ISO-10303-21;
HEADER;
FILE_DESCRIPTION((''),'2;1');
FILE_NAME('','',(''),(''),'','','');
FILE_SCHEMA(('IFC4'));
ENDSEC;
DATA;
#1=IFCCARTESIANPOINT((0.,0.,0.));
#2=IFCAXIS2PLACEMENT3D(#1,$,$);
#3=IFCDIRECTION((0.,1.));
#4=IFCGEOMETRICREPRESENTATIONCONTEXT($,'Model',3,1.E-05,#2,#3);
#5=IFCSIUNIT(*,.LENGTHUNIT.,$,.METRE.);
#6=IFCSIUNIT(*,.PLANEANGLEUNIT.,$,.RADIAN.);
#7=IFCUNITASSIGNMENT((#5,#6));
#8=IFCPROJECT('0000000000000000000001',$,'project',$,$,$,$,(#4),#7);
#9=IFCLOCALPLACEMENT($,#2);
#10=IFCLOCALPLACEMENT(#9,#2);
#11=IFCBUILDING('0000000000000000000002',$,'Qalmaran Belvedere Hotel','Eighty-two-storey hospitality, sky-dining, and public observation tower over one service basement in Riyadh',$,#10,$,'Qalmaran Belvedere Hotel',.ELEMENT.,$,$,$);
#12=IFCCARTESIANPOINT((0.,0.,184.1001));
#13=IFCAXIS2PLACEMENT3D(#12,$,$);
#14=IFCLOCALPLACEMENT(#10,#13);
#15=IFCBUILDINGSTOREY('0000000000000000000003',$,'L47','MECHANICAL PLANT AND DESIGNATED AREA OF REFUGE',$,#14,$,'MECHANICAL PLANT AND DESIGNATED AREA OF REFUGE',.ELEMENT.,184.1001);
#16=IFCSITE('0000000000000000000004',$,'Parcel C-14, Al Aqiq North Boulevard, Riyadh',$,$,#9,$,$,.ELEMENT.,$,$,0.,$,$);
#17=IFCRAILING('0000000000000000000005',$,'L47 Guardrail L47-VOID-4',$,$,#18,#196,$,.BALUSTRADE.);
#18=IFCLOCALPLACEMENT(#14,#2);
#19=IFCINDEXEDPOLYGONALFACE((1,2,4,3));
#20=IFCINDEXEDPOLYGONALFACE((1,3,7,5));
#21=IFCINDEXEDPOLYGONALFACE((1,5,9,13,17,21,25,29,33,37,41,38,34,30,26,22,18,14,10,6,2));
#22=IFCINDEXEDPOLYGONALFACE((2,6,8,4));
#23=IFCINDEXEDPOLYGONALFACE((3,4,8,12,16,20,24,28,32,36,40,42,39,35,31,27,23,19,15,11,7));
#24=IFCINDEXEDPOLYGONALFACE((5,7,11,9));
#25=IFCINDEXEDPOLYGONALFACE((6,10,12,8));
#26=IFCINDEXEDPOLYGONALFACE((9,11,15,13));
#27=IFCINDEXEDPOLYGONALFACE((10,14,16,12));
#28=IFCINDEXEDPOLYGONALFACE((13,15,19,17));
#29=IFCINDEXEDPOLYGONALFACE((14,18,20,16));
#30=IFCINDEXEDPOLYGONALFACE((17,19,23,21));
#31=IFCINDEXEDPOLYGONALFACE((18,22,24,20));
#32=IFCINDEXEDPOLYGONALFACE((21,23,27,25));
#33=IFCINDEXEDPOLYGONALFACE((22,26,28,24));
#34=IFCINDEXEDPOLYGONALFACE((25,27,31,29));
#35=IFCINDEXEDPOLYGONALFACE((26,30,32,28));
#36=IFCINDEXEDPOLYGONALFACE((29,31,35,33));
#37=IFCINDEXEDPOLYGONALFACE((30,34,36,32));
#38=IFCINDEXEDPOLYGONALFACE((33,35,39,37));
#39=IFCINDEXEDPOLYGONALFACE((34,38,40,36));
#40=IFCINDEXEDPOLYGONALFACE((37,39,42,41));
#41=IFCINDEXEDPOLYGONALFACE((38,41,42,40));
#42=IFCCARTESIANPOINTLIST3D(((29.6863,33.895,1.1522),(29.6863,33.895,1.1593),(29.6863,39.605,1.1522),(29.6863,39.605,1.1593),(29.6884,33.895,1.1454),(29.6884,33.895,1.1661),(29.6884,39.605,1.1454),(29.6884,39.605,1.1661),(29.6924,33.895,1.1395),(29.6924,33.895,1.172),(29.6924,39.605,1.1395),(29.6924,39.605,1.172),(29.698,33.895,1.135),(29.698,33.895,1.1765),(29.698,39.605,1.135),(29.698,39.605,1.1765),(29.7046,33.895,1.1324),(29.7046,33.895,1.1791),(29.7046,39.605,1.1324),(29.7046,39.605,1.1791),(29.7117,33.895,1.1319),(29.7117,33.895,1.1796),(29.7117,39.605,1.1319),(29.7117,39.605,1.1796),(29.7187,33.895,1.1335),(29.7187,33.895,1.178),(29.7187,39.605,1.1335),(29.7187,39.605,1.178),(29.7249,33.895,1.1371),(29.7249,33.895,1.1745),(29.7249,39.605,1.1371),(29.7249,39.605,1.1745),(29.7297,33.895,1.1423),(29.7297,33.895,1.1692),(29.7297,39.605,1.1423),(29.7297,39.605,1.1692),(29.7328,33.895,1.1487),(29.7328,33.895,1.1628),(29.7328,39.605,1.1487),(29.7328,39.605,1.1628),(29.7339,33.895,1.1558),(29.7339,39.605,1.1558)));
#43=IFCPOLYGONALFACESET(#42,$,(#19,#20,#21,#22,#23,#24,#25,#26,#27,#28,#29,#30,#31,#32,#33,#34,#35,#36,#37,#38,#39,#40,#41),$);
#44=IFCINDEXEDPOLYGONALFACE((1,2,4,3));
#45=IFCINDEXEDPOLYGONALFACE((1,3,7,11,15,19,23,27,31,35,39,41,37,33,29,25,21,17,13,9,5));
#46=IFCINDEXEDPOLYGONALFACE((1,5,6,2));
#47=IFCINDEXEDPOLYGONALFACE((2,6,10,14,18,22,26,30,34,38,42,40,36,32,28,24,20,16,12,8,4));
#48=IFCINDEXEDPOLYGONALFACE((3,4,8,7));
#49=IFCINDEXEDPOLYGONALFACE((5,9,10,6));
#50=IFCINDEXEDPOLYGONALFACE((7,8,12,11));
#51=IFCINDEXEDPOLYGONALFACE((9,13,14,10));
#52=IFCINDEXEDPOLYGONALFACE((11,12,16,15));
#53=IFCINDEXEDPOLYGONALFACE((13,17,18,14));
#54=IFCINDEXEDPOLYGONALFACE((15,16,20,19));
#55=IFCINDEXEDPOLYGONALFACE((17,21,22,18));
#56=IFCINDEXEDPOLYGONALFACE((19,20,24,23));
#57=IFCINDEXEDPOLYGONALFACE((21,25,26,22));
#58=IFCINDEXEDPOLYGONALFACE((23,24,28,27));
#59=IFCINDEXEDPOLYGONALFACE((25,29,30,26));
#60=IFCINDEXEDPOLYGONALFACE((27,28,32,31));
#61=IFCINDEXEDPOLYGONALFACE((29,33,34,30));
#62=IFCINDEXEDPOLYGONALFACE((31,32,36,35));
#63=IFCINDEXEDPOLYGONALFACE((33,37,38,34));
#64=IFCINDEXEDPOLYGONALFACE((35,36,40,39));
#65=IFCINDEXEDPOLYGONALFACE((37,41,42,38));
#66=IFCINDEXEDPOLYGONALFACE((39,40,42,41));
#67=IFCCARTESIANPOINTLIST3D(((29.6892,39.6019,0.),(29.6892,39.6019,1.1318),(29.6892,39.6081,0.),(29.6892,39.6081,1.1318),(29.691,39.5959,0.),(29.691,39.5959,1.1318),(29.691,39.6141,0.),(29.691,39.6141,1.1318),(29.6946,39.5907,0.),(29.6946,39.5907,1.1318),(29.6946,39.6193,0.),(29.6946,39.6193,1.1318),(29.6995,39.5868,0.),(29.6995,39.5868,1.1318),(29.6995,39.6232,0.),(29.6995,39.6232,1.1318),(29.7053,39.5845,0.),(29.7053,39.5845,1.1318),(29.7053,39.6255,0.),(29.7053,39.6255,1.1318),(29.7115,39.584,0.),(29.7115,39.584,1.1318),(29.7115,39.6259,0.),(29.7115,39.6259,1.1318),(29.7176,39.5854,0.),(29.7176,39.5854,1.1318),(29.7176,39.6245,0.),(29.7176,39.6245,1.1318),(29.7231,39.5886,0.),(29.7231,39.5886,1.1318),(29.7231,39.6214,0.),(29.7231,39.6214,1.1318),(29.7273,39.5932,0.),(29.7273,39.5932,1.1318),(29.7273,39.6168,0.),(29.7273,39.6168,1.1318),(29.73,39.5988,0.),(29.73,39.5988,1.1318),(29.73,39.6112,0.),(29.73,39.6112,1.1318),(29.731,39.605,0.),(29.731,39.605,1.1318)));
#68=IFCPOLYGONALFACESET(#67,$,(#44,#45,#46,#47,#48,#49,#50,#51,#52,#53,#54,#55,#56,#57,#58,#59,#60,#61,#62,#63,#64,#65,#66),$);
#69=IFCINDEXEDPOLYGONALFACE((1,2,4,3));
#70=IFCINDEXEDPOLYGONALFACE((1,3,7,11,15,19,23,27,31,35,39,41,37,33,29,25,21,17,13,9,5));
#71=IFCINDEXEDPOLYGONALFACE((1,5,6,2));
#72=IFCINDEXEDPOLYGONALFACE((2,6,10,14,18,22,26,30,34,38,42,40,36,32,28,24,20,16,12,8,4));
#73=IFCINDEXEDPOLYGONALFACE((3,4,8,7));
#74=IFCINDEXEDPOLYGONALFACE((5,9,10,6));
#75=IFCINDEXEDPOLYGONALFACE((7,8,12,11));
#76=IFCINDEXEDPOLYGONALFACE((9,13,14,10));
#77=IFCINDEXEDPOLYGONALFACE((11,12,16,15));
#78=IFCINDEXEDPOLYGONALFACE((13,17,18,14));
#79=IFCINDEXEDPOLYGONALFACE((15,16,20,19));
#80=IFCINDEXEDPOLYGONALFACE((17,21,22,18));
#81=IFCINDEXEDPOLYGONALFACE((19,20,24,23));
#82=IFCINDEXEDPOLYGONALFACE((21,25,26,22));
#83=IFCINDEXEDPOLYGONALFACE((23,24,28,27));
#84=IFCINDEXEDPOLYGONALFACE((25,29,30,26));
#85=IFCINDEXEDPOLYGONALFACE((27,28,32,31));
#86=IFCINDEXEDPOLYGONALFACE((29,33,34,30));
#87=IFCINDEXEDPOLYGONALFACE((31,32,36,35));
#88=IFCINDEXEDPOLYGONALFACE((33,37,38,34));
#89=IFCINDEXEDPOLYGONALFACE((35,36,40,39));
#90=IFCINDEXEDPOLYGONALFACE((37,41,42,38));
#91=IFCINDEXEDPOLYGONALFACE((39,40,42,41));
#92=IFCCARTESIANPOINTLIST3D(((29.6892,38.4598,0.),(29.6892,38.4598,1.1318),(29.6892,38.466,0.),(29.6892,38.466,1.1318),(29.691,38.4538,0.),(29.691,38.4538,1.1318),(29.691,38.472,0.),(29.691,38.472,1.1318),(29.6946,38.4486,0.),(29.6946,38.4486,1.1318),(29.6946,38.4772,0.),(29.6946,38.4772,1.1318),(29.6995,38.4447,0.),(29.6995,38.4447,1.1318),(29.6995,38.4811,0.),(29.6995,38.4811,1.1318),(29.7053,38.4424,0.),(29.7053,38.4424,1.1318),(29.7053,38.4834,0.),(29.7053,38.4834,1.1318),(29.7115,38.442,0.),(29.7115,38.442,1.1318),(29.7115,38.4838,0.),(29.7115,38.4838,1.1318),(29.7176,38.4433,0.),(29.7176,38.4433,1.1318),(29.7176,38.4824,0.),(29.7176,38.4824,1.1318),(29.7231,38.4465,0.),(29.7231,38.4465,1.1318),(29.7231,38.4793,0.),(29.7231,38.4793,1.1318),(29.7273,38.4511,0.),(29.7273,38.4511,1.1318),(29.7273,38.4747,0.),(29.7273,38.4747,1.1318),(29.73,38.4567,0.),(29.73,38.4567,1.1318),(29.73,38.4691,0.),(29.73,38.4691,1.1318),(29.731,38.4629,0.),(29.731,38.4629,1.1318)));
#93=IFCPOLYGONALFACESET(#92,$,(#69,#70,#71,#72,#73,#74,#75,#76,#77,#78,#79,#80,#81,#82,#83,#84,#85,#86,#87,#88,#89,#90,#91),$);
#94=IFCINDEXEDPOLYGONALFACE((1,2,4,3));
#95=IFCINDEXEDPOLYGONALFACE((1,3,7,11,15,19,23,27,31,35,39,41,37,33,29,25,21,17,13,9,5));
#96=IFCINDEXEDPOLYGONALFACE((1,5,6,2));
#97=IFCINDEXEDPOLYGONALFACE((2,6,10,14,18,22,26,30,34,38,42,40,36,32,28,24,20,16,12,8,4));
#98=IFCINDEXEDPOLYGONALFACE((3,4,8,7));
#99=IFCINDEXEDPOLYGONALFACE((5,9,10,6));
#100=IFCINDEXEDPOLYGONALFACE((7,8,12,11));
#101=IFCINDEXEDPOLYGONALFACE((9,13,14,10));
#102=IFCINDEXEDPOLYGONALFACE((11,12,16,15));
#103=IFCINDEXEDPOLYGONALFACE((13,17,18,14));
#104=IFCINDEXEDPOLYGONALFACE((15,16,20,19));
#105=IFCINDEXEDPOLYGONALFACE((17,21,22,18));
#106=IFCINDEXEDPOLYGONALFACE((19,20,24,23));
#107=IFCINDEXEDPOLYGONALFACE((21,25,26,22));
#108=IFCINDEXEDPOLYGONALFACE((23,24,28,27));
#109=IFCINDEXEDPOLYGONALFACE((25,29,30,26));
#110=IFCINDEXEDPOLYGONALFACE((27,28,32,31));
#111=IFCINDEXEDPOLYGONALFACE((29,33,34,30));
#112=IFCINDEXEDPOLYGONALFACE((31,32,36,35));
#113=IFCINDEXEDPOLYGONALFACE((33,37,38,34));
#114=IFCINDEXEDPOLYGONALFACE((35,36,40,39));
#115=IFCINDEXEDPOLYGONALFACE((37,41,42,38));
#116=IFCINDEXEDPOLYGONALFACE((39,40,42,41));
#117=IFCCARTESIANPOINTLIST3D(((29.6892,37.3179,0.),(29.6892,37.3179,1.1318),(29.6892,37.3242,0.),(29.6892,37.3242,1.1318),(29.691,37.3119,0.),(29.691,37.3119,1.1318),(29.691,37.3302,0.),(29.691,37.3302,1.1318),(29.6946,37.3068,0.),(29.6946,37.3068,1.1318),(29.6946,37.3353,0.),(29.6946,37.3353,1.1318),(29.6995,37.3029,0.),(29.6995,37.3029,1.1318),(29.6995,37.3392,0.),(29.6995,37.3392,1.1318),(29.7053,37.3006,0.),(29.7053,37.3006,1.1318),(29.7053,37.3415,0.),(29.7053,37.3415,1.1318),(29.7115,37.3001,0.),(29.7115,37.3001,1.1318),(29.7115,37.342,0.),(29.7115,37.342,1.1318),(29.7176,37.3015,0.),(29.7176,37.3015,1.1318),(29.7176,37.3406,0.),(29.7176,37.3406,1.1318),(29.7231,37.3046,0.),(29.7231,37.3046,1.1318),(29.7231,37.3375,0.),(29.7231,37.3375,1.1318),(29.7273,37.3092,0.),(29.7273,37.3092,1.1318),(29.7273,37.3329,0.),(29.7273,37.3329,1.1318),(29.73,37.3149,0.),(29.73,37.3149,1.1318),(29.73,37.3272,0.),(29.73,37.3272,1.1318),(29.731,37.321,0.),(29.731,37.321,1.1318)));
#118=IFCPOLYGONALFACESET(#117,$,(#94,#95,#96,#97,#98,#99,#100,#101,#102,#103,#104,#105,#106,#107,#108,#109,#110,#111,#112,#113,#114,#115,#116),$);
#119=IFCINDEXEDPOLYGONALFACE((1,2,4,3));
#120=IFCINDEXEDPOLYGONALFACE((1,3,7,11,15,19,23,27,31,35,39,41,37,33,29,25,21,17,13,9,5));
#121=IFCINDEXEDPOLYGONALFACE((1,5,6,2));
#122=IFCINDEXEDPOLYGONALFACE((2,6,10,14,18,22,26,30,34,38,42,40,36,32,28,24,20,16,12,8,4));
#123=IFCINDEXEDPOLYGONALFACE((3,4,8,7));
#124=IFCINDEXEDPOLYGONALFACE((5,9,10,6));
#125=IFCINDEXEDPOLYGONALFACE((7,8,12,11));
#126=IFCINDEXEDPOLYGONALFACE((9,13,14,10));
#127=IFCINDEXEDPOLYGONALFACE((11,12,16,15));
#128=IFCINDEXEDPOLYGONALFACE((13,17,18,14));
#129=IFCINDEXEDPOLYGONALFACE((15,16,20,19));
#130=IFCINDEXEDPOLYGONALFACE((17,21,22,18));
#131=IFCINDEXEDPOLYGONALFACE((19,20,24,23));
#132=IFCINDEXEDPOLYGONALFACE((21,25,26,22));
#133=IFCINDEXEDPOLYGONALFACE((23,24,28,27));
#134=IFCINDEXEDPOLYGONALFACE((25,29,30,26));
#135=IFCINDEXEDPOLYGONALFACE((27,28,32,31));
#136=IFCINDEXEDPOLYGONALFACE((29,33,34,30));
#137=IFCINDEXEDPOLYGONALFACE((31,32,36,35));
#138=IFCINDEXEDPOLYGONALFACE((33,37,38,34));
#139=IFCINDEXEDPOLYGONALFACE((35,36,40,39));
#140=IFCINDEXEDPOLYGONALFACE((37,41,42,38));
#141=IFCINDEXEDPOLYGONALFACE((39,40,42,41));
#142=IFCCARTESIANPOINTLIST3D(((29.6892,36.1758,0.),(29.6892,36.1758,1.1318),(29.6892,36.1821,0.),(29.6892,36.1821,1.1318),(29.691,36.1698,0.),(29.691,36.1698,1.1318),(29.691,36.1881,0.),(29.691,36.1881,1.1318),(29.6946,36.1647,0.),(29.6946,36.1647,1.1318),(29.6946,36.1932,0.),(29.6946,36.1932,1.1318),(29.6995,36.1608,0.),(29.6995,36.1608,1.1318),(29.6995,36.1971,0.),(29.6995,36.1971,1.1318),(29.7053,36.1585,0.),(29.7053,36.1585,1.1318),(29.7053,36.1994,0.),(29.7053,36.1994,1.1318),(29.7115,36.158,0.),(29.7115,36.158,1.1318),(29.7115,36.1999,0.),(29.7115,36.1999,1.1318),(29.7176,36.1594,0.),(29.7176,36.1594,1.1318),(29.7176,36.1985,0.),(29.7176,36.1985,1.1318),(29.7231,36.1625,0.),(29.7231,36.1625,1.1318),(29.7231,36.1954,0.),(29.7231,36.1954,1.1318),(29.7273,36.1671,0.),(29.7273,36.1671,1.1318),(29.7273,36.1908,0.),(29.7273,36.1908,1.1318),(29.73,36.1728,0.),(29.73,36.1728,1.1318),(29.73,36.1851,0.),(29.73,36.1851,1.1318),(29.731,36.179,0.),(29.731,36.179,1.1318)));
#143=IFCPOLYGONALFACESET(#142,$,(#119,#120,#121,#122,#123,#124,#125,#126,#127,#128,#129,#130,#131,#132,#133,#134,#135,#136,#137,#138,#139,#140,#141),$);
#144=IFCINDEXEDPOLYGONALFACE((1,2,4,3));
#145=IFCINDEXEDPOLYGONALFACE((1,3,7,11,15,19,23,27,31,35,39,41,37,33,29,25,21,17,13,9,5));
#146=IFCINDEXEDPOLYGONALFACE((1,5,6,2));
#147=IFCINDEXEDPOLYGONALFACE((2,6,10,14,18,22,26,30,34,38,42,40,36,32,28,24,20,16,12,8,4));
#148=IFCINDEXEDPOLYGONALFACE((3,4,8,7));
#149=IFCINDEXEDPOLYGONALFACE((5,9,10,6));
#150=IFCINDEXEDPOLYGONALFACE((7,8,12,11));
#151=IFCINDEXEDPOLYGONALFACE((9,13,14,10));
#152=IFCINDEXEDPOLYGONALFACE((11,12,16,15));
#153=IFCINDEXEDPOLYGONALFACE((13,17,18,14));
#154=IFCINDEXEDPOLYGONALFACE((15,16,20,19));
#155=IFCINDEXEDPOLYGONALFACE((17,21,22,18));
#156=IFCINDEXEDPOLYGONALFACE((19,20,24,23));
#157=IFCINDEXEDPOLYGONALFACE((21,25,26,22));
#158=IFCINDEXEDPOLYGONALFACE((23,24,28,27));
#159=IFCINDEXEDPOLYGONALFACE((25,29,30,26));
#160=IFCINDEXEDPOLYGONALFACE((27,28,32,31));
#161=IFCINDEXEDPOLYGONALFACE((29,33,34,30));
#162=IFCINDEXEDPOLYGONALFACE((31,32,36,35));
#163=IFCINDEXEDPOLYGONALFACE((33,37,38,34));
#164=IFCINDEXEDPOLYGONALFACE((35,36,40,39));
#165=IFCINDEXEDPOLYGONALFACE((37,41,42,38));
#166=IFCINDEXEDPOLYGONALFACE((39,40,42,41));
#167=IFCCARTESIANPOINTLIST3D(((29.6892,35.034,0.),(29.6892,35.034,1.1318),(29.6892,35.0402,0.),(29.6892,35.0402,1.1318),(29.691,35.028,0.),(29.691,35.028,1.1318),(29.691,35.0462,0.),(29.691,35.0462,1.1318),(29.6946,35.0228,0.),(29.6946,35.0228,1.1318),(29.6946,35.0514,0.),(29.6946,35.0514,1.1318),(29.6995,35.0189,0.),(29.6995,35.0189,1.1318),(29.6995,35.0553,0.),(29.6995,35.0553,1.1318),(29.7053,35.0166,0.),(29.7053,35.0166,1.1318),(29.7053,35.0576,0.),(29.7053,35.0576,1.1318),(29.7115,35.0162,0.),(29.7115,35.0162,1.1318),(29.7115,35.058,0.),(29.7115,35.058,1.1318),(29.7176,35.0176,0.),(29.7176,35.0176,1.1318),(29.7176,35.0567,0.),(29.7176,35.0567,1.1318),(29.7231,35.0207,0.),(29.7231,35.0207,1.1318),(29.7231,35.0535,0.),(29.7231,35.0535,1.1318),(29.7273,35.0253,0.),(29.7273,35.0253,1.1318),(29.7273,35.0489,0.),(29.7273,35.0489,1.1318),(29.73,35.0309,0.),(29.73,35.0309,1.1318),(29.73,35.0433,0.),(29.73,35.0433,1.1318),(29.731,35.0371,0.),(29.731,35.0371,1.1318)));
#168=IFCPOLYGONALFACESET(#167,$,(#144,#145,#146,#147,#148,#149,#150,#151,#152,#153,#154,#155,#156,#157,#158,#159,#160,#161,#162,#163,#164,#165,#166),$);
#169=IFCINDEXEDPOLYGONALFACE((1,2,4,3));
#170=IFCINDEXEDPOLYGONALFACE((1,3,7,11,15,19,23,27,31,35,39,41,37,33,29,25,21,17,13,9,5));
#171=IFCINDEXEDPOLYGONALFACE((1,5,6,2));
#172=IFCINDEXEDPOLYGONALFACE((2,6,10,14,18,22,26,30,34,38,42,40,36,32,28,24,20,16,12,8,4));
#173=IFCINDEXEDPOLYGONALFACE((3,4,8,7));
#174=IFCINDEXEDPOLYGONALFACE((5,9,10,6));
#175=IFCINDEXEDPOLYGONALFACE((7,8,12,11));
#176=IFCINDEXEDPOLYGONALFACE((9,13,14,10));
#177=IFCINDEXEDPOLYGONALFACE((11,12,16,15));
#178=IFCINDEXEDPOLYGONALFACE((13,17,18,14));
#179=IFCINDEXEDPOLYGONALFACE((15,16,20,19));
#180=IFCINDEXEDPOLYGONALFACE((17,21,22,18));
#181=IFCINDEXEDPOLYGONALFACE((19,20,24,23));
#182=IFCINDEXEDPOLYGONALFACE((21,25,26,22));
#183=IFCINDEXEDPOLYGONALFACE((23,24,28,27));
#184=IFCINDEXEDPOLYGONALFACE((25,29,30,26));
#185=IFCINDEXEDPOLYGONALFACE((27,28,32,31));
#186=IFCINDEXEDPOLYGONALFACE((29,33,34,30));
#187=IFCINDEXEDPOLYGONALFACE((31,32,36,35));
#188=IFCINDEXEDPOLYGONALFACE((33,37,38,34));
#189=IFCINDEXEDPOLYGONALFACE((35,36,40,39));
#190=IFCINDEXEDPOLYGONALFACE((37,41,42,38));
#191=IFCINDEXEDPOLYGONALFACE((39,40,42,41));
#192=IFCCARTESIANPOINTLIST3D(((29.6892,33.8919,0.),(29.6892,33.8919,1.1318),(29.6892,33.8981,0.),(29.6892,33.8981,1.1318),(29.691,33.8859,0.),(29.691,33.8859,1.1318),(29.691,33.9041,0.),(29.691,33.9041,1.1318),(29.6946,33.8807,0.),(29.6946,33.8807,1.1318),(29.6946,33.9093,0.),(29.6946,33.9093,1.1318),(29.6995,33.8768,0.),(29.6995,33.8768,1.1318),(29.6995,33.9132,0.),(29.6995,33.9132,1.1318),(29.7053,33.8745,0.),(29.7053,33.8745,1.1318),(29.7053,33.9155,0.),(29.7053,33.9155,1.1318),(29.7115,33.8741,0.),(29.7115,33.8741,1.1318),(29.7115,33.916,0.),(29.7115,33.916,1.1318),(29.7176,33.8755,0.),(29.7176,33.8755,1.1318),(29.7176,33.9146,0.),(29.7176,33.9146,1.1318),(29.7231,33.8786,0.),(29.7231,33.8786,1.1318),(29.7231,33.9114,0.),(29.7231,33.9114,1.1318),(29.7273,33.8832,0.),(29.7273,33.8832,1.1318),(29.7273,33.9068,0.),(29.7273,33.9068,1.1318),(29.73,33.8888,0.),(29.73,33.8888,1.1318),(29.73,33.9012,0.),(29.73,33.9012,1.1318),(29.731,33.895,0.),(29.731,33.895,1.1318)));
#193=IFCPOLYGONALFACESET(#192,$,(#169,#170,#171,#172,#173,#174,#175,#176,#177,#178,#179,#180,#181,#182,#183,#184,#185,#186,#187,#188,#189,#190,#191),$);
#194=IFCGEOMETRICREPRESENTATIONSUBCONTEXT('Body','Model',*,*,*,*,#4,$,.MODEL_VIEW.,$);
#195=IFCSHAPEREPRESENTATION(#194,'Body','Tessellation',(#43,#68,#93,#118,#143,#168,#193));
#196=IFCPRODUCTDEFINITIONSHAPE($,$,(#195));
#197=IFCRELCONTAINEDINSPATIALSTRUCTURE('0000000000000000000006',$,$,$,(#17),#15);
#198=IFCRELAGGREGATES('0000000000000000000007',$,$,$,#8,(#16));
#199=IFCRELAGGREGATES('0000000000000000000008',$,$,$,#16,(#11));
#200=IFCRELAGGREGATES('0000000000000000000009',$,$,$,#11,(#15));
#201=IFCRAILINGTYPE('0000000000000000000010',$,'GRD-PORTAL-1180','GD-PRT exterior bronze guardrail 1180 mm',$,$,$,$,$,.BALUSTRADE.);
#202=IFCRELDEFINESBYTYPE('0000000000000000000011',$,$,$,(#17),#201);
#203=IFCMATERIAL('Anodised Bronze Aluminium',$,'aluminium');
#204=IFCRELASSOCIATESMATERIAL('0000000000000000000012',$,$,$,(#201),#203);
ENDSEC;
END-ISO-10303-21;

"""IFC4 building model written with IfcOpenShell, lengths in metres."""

from ifc_helpers import new_model, si_unit, direction, frame, origin, origin_2d, place, context, subcontext, project, spatial, circle, extrude, material, type_object, element, save


model = new_model("IFC4")

# Units and contexts
model_context = context("Model", 3, precision=1e-05, world=origin(), true_north=direction((0.0, 1.0)))
body_context = subcontext(model_context, "Body", "Model", "MODEL_VIEW")
ifc_project = project(units=[si_unit("LENGTHUNIT", "METRE"), si_unit("PLANEANGLEUNIT", "RADIAN")], contexts=[model_context])

# Site, building, storey
site_placement = place(None, origin())
site = spatial("IfcSite", under=ifc_project, at=site_placement, Name="Parcel C-14, Al Aqiq North Boulevard, Riyadh", CompositionType="ELEMENT", RefElevation=0.0)
building_placement = place(site_placement, origin())
building = spatial("IfcBuilding", under=site, at=building_placement, Name="Qalmaran Belvedere Hotel", Description="Eighty-two-storey hospitality, sky-dining, and public observation tower over one service basement in Riyadh", LongName="Qalmaran Belvedere Hotel", CompositionType="ELEMENT")
storey_placement = place(building_placement, frame((0.0, 0.0, 184.1001)))
storey = spatial("IfcBuildingStorey", under=building, at=storey_placement, Name="L47", Description="MECHANICAL PLANT AND DESIGNATED AREA OF REFUGE", LongName="MECHANICAL PLANT AND DESIGNATED AREA OF REFUGE", CompositionType="ELEMENT", Elevation=184.1001)

# Railing
ifc_material_1 = material(Name="Anodised Bronze Aluminium", Category="aluminium")
railing_type = type_object("IfcRailingType", Name="GRD-PORTAL-1180", Description="GD-PRT exterior bronze guardrail 1180 mm", PredefinedType="BALUSTRADE", material=ifc_material_1)
railing_1_placement = place(storey_placement, frame((29.71, 39.605, 0.0)))
element("IfcRailing", 1, at=railing_1_placement, inside=storey, type_object=railing_type, Name="L47 Guardrail L47-VOID-4", PredefinedType="BALUSTRADE", context=body_context, shape_type="SweptSolid", body=[
    extrude(circle(Radius=0.0239, at=origin_2d()), frame((0.0, 0.0, 1.1558), z_axis=(0.0, -1.0, 0.0), x_axis=(1.0, 0.0, 0.0)), (0.0, 0.0, 1.0), 5.71),
    extrude(circle(Radius=0.021, at=origin_2d()), origin(), (0.0, 0.0, 1.0), 1.1318),
    extrude(circle(Radius=0.021, at=origin_2d()), frame((0.0, -1.1421, 0.0)), (0.0, 0.0, 1.0), 1.1318),
    extrude(circle(Radius=0.021, at=origin_2d()), frame((0.0, -2.2839, 0.0)), (0.0, 0.0, 1.0), 1.1318),
    extrude(circle(Radius=0.021, at=origin_2d()), frame((0.0, -3.426, 0.0)), (0.0, 0.0, 1.0), 1.1318),
    extrude(circle(Radius=0.021, at=origin_2d()), frame((0.0, -4.5679, 0.0)), (0.0, 0.0, 1.0), 1.1318),
    extrude(circle(Radius=0.021, at=origin_2d()), frame((0.0, -5.71, 0.0)), (0.0, 0.0, 1.0), 1.1318),
])

save(model, "model.ifc")
